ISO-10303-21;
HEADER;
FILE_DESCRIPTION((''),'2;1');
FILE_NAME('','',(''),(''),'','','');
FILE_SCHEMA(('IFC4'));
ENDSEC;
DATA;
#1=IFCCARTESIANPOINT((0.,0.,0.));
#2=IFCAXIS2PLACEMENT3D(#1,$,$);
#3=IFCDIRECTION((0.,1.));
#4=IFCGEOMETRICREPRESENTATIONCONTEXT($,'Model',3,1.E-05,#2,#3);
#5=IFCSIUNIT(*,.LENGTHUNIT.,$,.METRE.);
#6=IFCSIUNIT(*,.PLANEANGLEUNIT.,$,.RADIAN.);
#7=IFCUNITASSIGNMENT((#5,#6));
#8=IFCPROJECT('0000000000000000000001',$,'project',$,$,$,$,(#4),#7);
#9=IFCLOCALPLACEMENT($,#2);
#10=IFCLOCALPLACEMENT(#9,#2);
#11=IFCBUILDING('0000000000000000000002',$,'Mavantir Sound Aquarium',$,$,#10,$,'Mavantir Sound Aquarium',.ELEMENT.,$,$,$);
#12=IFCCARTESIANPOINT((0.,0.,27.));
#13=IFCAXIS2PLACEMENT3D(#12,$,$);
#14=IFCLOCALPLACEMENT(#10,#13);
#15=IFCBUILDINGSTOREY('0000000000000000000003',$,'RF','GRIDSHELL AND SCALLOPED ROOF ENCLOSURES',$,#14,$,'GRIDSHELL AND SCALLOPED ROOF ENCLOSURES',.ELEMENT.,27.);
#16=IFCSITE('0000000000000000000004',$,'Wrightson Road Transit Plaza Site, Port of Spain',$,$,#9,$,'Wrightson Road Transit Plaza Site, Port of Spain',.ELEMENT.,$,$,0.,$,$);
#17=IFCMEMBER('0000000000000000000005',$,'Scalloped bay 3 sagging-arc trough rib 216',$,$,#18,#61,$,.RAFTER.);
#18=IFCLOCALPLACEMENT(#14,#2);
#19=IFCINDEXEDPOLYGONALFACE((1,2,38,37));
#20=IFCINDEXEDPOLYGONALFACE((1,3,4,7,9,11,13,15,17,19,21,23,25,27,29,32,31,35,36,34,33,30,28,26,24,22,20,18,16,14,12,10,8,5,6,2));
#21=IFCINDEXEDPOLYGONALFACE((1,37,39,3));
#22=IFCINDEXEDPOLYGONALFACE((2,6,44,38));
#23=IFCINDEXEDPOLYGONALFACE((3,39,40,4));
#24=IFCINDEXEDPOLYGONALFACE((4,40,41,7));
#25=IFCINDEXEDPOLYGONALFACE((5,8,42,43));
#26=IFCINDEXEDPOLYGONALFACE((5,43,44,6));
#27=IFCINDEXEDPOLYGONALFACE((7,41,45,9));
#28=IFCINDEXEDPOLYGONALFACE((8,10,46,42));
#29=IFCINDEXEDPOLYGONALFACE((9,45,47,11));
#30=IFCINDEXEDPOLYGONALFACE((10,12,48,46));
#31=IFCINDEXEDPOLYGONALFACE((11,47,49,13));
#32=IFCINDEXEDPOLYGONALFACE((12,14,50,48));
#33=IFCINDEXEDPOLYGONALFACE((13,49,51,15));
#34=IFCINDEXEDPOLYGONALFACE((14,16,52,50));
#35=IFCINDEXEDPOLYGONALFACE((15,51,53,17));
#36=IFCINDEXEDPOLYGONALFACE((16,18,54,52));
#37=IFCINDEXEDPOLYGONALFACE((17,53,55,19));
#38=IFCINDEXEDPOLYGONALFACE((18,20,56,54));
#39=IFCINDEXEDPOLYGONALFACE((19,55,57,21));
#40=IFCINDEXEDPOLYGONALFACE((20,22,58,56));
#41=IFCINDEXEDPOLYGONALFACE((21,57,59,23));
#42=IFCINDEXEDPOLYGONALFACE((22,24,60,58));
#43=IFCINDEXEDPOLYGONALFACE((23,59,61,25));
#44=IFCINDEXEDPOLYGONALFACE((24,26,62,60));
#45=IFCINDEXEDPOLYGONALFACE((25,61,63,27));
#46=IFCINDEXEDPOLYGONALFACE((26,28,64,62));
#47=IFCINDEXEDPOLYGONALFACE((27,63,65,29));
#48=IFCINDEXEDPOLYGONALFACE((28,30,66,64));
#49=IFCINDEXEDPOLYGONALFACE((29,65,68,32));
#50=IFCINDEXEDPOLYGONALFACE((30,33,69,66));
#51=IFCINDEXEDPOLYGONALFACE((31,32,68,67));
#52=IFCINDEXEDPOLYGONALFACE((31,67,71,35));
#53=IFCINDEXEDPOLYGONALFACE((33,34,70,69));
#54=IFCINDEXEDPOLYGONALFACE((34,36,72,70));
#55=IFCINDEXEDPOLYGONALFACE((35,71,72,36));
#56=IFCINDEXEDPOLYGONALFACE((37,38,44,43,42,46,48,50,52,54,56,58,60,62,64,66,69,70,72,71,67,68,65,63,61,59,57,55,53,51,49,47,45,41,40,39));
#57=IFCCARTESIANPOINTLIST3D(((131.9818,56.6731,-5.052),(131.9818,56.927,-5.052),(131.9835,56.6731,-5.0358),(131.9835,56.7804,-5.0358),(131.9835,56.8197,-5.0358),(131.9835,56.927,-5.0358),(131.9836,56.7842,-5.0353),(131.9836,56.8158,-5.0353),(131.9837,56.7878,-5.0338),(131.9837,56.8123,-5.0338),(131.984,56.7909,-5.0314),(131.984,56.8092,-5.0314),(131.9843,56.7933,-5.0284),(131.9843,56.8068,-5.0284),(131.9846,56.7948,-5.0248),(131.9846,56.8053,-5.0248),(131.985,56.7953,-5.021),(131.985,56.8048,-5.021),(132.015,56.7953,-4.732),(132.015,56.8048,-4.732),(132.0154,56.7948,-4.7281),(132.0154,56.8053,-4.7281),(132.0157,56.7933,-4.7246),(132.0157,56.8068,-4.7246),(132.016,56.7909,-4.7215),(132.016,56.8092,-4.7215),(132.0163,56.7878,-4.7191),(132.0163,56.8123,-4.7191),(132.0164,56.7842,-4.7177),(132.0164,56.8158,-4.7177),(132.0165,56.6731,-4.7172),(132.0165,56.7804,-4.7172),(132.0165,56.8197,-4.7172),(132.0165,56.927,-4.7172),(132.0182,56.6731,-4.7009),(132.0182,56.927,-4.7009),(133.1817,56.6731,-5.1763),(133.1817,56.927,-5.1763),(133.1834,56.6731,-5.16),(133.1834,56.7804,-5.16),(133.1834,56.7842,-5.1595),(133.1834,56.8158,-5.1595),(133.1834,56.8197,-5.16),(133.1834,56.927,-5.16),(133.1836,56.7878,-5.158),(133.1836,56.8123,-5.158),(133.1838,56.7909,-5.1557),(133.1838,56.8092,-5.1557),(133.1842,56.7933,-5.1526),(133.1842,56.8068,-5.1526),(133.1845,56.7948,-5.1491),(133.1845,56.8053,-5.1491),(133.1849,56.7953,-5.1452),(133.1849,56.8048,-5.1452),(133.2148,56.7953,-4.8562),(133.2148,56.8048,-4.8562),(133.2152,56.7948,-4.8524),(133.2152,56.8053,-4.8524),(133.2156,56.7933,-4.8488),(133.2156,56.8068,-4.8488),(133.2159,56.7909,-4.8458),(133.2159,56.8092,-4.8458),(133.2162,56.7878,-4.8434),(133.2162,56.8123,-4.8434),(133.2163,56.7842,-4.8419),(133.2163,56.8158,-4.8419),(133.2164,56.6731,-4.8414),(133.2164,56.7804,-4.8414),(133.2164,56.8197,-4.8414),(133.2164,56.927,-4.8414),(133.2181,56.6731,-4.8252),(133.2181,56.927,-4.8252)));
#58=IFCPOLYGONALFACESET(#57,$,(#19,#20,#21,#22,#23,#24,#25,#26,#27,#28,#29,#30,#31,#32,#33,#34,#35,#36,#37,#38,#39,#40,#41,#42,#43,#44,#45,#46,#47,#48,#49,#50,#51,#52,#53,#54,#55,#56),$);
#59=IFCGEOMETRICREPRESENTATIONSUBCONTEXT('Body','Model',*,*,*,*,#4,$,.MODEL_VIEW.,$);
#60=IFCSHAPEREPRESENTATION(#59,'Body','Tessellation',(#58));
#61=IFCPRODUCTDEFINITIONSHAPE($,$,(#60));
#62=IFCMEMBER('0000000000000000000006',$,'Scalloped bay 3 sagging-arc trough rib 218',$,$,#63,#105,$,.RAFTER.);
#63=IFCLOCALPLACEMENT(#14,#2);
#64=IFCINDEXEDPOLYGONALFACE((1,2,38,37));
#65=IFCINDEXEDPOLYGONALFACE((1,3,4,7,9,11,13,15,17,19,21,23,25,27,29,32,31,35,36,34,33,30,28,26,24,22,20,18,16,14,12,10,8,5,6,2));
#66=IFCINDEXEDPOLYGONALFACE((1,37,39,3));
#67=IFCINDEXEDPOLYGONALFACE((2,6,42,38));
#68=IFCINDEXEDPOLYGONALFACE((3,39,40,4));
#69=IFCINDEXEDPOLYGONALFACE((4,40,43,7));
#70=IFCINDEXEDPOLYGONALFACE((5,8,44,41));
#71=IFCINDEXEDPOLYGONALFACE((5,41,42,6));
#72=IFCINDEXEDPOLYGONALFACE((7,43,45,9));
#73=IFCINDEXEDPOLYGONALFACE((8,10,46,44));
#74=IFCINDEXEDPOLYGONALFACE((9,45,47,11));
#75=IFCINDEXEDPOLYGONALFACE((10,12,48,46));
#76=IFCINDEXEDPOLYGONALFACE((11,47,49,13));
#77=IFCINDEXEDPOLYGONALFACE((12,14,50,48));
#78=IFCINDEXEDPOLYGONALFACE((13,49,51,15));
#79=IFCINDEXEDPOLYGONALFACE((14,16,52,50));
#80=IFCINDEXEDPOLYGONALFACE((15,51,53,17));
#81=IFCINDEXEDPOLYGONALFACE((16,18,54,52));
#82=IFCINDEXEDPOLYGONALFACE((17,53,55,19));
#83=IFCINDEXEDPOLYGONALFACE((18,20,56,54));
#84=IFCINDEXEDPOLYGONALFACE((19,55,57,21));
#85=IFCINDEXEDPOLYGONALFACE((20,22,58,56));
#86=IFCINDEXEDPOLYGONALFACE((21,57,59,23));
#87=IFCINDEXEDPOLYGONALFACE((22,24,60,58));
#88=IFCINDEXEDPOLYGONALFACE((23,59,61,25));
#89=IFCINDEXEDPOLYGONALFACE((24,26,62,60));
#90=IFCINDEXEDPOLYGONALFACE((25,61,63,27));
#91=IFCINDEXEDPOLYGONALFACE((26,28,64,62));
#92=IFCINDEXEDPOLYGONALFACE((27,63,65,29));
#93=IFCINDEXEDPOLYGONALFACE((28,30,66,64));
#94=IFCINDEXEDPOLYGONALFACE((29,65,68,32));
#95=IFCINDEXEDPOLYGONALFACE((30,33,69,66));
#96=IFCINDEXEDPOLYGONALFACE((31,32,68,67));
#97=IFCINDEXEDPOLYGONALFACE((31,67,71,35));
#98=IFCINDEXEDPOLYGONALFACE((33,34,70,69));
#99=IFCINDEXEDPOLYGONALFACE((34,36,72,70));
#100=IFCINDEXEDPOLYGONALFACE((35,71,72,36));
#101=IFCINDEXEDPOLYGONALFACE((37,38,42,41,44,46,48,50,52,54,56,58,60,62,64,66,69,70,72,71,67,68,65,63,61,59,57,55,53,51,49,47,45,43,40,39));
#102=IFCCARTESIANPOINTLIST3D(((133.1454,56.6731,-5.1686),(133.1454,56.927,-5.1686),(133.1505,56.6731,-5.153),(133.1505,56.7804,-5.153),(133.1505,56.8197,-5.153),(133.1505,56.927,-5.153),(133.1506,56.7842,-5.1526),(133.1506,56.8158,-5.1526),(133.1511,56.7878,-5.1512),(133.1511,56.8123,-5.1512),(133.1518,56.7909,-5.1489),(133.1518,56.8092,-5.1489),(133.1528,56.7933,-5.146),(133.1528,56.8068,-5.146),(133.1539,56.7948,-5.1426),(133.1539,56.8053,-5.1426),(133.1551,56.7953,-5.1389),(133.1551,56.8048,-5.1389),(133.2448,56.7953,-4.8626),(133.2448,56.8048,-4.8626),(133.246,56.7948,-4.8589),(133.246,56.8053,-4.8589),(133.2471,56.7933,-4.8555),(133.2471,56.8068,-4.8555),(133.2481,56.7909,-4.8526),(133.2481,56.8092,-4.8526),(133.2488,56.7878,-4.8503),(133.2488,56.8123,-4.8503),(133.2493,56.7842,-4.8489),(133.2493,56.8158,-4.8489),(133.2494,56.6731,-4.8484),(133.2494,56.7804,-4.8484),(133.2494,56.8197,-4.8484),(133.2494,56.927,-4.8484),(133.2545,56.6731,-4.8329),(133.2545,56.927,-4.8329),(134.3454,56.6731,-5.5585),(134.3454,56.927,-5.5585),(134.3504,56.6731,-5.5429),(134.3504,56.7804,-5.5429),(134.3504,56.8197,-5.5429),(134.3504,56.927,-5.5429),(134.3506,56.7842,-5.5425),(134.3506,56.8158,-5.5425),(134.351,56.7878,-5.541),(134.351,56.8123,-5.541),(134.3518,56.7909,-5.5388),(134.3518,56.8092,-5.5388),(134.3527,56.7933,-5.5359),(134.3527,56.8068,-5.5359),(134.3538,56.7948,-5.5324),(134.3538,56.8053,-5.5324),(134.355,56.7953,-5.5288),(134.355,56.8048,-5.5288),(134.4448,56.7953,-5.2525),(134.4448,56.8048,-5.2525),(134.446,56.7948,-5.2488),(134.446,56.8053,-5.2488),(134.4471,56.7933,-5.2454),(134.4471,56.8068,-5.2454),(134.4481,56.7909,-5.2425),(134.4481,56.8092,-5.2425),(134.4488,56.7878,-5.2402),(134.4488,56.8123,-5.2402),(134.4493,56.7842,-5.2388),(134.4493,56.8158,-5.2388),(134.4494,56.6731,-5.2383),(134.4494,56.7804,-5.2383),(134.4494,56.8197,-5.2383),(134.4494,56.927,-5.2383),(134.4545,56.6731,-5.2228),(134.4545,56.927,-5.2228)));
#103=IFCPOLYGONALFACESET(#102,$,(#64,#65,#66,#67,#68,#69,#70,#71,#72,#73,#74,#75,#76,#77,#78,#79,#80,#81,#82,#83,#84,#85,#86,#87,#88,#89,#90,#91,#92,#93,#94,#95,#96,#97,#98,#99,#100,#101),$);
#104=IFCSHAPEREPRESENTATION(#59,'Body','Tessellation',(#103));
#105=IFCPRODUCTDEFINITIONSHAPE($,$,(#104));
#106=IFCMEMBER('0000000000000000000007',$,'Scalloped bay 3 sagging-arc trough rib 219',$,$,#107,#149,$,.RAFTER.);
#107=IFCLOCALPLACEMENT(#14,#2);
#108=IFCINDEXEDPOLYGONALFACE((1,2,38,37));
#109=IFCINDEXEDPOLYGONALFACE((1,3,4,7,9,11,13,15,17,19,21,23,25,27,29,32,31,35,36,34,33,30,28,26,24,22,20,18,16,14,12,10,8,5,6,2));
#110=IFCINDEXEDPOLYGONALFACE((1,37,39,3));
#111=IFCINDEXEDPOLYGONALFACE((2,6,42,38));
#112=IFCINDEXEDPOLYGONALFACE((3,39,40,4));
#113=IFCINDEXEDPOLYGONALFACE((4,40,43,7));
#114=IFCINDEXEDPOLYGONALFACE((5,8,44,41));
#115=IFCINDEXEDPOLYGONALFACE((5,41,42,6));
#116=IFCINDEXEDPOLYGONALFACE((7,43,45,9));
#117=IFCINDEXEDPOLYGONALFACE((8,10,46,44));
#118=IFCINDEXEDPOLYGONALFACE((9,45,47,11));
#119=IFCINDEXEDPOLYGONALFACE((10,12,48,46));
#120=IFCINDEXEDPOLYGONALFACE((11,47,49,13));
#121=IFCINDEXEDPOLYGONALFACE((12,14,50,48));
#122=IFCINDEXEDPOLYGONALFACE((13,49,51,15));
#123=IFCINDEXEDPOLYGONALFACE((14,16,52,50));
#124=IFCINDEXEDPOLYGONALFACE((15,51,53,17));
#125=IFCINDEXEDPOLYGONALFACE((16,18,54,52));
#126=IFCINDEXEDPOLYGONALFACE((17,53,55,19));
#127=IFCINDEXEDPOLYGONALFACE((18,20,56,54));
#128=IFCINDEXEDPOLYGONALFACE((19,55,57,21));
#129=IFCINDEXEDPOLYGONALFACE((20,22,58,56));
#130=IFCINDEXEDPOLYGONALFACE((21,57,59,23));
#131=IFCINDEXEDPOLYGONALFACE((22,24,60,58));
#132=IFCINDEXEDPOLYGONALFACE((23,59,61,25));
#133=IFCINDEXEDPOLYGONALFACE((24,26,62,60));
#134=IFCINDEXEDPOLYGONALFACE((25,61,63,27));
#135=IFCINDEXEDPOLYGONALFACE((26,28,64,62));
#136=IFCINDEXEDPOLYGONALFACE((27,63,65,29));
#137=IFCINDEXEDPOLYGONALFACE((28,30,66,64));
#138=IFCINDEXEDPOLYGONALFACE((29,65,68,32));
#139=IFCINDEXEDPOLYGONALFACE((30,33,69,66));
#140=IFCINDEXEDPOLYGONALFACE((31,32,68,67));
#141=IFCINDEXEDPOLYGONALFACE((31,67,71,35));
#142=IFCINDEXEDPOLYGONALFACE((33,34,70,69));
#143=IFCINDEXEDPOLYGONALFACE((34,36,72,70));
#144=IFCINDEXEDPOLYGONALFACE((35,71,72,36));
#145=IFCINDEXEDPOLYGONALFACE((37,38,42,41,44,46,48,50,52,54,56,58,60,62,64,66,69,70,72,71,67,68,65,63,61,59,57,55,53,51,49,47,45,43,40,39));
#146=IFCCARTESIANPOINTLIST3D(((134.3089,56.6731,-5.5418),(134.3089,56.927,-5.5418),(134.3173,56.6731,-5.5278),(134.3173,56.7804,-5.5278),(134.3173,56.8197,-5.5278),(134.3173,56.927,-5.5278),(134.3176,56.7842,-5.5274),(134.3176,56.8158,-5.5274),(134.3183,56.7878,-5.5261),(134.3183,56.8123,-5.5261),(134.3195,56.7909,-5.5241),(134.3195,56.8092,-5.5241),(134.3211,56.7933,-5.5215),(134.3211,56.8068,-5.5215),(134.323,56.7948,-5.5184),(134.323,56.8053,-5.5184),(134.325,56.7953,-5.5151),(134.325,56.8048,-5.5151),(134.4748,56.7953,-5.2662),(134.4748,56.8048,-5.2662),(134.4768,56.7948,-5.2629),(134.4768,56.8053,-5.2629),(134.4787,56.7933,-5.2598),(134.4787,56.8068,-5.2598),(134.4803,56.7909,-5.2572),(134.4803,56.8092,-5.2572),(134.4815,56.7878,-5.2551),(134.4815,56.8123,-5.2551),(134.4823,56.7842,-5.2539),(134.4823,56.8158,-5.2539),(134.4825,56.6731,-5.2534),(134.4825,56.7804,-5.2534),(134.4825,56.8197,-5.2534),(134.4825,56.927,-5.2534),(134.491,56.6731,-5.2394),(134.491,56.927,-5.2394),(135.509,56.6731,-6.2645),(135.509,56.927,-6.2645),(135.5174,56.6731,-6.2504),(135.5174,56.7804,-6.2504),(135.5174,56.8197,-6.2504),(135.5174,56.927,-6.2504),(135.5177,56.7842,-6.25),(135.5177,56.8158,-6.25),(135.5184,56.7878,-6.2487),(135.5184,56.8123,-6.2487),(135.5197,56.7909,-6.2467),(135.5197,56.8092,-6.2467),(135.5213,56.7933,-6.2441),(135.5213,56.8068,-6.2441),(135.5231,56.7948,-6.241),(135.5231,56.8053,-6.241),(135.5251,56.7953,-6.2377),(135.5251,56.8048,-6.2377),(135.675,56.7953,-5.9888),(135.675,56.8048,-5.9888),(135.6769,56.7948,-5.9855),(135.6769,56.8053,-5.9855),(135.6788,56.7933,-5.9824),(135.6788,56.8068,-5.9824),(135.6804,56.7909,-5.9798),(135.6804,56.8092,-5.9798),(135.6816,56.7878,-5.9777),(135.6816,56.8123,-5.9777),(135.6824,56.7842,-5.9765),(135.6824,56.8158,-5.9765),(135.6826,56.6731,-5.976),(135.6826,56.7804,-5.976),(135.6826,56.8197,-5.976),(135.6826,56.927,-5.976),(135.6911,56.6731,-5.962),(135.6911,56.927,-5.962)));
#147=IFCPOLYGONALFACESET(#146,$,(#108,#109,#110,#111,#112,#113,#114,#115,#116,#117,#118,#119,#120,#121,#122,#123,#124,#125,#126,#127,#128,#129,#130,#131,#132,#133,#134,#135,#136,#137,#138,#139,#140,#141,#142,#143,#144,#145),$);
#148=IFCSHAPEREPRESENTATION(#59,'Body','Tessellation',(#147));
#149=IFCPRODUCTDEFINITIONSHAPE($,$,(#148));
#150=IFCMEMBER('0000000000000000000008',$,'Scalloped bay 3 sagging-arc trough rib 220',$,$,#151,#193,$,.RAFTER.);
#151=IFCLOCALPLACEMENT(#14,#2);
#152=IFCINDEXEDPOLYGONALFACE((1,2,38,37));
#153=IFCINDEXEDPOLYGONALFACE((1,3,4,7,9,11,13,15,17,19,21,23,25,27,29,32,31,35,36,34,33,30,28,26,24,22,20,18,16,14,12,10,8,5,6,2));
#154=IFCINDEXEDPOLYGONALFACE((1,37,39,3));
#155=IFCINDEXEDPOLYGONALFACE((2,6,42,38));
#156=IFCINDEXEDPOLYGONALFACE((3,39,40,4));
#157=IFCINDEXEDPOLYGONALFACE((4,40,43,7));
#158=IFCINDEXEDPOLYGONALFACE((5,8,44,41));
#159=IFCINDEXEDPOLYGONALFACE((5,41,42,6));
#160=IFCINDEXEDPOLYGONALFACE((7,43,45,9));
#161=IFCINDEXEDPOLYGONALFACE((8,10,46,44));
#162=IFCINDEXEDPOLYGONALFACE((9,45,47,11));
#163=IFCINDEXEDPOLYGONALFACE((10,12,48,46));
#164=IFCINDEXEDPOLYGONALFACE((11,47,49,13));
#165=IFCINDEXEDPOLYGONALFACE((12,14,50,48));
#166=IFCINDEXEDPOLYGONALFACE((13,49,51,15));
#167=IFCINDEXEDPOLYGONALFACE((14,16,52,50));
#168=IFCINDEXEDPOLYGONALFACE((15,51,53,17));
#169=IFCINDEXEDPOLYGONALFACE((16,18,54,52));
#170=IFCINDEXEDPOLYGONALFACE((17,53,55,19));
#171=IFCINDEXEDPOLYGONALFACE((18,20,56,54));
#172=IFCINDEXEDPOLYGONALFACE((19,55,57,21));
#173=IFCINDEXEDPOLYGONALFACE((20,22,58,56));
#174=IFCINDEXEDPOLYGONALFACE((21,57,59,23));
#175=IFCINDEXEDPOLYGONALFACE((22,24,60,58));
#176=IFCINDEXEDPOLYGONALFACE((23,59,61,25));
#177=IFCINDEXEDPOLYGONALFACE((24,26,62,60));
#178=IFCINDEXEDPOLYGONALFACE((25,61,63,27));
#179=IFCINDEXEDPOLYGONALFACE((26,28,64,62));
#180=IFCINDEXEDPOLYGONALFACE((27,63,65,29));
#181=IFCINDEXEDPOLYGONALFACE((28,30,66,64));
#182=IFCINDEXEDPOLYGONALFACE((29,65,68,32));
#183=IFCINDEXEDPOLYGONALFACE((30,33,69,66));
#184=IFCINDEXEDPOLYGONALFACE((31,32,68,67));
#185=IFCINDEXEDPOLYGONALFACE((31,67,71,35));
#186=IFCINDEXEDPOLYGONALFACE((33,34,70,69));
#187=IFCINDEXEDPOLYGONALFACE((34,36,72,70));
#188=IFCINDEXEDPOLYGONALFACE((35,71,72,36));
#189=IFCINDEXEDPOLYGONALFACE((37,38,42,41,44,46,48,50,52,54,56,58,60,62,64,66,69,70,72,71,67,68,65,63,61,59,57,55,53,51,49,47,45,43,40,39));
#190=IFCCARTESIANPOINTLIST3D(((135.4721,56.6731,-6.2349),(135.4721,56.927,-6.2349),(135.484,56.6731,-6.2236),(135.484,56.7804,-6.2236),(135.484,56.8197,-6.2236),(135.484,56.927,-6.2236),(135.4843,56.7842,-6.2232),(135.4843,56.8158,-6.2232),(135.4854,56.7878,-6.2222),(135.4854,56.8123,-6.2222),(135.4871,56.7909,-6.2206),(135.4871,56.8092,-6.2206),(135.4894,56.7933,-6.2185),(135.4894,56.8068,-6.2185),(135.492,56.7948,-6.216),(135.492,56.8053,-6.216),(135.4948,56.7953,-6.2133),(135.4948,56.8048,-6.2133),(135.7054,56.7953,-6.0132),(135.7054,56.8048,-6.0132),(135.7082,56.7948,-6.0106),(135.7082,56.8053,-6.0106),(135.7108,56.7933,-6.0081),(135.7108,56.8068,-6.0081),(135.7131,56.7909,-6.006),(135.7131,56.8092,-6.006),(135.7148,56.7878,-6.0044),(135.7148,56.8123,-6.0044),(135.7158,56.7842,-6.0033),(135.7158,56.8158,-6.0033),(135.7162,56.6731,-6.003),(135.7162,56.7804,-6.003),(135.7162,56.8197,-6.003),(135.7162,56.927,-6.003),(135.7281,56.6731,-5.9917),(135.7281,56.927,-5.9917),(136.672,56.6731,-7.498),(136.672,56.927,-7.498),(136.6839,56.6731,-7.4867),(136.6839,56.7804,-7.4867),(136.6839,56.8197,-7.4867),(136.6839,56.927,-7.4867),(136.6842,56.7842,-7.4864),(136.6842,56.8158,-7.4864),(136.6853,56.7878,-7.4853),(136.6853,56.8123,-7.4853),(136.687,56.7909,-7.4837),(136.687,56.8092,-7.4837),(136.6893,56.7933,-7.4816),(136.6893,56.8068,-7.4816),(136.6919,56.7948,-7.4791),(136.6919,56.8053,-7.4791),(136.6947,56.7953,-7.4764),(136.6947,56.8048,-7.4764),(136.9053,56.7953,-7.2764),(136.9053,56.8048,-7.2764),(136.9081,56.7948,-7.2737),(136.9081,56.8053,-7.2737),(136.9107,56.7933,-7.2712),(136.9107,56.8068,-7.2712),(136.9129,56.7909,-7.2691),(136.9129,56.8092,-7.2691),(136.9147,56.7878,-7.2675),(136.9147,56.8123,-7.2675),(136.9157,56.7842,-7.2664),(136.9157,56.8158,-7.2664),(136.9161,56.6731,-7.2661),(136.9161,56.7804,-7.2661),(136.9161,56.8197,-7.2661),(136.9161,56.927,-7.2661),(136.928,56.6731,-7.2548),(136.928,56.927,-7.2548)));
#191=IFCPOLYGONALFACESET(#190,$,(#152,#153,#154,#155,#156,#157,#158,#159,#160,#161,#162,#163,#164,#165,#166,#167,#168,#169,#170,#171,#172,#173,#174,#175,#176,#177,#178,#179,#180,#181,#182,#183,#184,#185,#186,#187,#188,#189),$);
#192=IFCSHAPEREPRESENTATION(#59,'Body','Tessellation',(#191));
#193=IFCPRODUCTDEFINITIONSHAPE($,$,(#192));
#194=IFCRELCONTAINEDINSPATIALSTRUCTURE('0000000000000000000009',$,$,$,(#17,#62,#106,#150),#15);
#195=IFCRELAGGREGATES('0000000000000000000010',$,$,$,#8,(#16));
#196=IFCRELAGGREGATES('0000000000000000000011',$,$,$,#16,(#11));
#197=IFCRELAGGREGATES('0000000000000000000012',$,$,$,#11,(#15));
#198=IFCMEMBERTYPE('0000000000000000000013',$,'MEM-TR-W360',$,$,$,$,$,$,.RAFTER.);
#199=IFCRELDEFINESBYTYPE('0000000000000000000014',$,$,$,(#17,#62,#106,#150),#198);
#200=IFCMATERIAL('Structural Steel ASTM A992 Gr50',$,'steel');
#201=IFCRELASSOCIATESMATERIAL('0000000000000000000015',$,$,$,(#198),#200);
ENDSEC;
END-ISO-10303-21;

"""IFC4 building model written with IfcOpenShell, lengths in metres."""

from ifc_helpers import new_model, si_unit, direction, frame, origin, origin_2d, place, context, subcontext, project, spatial, i_section, extrude, material, material_profile, profile_set, type_object, element, save


model = new_model("IFC4")

# Units and contexts
model_context = context("Model", 3, precision=1e-05, world=origin(), true_north=direction((0.0, 1.0)))
body_context = subcontext(model_context, "Body", "Model", "MODEL_VIEW")
ifc_project = project(units=[si_unit("LENGTHUNIT", "METRE"), si_unit("PLANEANGLEUNIT", "RADIAN")], contexts=[model_context])

# Site, building, storey
site_placement = place(None, origin())
site = spatial("IfcSite", under=ifc_project, at=site_placement, Name="Wrightson Road Transit Plaza Site, Port of Spain", LongName="Wrightson Road Transit Plaza Site, Port of Spain", CompositionType="ELEMENT", RefElevation=0.0)
building_placement = place(site_placement, origin())
building = spatial("IfcBuilding", under=site, at=building_placement, Name="Mavantir Sound Aquarium", LongName="Mavantir Sound Aquarium", CompositionType="ELEMENT")
storey_placement = place(building_placement, frame((0.0, 0.0, 27.0)))
storey = spatial("IfcBuildingStorey", under=building, at=storey_placement, Name="RF", Description="GRIDSHELL AND SCALLOPED ROOF ENCLOSURES", LongName="GRIDSHELL AND SCALLOPED ROOF ENCLOSURES", CompositionType="ELEMENT", Elevation=27.0)

# Members
ifc_material_1 = material(Name="Structural Steel ASTM A992 Gr50", Category="steel")
ifc_material_profile_1 = material_profile(ifc_material_1, i_section(OverallWidth=0.2539, OverallDepth=0.353, WebThickness=0.0095, FlangeThickness=0.0164, FilletRadius=0.0149, at=origin_2d()), Name="W360X91")
ifc_profile_set_1 = profile_set([ifc_material_profile_1], Name="Structural Steel ASTM A992 Gr50")
member_type_1 = type_object("IfcMemberType", Name="MEM-TR-W360", PredefinedType="RAFTER", material=ifc_profile_set_1)
for number, where, z_axis, x_axis, name in (
    (1, (132.0, 56.8, -4.8765), (0.99468, 0.0, -0.10301), (0.0, 1.0, 0.0), "Scalloped bay 3 sagging-arc trough rib 216"),
):
    element("IfcMember", number, at=place(storey_placement, frame(where, z_axis=z_axis, x_axis=x_axis)), inside=storey, type_object=member_type_1, Name=name, PredefinedType="RAFTER", context=body_context, shape_type="SweptSolid", body=[
        extrude(i_section(OverallWidth=0.2539, OverallDepth=0.353, WebThickness=0.0095, FlangeThickness=0.0164, FilletRadius=0.0149, at=origin_2d()), origin(), (0.0, 0.0, 1.0), 1.2063),
    ])
member_1_placement = place(storey_placement, frame((133.2, 56.8, -5.0007), z_axis=(0.951055, 0.0, -0.30902), x_axis=(0.0, 1.0, 0.0)))
element("IfcMember", 2, at=member_1_placement, inside=storey, type_object=member_type_1, Name="Scalloped bay 3 sagging-arc trough rib 218", PredefinedType="RAFTER", context=body_context, shape_type="SweptSolid", body=[
    extrude(i_section(OverallWidth=0.2539, OverallDepth=0.353, WebThickness=0.0095, FlangeThickness=0.0164, FilletRadius=0.0149, at=origin_2d()), origin(), (0.0, 0.0, 1.0), 1.2617),
])
member_2_placement = place(storey_placement, frame((134.3999, 56.8, -5.3906), z_axis=(0.856692, 0.0, -0.515828), x_axis=(0.0, 1.0, 0.0)))
element("IfcMember", 3, at=member_2_placement, inside=storey, type_object=member_type_1, Name="Scalloped bay 3 sagging-arc trough rib 219", PredefinedType="RAFTER", context=body_context, shape_type="SweptSolid", body=[
    extrude(i_section(OverallWidth=0.2539, OverallDepth=0.353, WebThickness=0.0095, FlangeThickness=0.0164, FilletRadius=0.0149, at=origin_2d()), origin(), (0.0, 0.0, 1.0), 1.4009),
])
member_3_placement = place(storey_placement, frame((135.6001, 56.8, -6.1133), z_axis=(0.688727, 0.0, -0.72502), x_axis=(0.0, 1.0, 0.0)))
element("IfcMember", 4, at=member_3_placement, inside=storey, type_object=member_type_1, Name="Scalloped bay 3 sagging-arc trough rib 220", PredefinedType="RAFTER", context=body_context, shape_type="SweptSolid", body=[
    extrude(i_section(OverallWidth=0.2539, OverallDepth=0.353, WebThickness=0.0095, FlangeThickness=0.0164, FilletRadius=0.0149, at=origin_2d()), origin(), (0.0, 0.0, 1.0), 1.7422),
])

save(model, "model.ifc")
